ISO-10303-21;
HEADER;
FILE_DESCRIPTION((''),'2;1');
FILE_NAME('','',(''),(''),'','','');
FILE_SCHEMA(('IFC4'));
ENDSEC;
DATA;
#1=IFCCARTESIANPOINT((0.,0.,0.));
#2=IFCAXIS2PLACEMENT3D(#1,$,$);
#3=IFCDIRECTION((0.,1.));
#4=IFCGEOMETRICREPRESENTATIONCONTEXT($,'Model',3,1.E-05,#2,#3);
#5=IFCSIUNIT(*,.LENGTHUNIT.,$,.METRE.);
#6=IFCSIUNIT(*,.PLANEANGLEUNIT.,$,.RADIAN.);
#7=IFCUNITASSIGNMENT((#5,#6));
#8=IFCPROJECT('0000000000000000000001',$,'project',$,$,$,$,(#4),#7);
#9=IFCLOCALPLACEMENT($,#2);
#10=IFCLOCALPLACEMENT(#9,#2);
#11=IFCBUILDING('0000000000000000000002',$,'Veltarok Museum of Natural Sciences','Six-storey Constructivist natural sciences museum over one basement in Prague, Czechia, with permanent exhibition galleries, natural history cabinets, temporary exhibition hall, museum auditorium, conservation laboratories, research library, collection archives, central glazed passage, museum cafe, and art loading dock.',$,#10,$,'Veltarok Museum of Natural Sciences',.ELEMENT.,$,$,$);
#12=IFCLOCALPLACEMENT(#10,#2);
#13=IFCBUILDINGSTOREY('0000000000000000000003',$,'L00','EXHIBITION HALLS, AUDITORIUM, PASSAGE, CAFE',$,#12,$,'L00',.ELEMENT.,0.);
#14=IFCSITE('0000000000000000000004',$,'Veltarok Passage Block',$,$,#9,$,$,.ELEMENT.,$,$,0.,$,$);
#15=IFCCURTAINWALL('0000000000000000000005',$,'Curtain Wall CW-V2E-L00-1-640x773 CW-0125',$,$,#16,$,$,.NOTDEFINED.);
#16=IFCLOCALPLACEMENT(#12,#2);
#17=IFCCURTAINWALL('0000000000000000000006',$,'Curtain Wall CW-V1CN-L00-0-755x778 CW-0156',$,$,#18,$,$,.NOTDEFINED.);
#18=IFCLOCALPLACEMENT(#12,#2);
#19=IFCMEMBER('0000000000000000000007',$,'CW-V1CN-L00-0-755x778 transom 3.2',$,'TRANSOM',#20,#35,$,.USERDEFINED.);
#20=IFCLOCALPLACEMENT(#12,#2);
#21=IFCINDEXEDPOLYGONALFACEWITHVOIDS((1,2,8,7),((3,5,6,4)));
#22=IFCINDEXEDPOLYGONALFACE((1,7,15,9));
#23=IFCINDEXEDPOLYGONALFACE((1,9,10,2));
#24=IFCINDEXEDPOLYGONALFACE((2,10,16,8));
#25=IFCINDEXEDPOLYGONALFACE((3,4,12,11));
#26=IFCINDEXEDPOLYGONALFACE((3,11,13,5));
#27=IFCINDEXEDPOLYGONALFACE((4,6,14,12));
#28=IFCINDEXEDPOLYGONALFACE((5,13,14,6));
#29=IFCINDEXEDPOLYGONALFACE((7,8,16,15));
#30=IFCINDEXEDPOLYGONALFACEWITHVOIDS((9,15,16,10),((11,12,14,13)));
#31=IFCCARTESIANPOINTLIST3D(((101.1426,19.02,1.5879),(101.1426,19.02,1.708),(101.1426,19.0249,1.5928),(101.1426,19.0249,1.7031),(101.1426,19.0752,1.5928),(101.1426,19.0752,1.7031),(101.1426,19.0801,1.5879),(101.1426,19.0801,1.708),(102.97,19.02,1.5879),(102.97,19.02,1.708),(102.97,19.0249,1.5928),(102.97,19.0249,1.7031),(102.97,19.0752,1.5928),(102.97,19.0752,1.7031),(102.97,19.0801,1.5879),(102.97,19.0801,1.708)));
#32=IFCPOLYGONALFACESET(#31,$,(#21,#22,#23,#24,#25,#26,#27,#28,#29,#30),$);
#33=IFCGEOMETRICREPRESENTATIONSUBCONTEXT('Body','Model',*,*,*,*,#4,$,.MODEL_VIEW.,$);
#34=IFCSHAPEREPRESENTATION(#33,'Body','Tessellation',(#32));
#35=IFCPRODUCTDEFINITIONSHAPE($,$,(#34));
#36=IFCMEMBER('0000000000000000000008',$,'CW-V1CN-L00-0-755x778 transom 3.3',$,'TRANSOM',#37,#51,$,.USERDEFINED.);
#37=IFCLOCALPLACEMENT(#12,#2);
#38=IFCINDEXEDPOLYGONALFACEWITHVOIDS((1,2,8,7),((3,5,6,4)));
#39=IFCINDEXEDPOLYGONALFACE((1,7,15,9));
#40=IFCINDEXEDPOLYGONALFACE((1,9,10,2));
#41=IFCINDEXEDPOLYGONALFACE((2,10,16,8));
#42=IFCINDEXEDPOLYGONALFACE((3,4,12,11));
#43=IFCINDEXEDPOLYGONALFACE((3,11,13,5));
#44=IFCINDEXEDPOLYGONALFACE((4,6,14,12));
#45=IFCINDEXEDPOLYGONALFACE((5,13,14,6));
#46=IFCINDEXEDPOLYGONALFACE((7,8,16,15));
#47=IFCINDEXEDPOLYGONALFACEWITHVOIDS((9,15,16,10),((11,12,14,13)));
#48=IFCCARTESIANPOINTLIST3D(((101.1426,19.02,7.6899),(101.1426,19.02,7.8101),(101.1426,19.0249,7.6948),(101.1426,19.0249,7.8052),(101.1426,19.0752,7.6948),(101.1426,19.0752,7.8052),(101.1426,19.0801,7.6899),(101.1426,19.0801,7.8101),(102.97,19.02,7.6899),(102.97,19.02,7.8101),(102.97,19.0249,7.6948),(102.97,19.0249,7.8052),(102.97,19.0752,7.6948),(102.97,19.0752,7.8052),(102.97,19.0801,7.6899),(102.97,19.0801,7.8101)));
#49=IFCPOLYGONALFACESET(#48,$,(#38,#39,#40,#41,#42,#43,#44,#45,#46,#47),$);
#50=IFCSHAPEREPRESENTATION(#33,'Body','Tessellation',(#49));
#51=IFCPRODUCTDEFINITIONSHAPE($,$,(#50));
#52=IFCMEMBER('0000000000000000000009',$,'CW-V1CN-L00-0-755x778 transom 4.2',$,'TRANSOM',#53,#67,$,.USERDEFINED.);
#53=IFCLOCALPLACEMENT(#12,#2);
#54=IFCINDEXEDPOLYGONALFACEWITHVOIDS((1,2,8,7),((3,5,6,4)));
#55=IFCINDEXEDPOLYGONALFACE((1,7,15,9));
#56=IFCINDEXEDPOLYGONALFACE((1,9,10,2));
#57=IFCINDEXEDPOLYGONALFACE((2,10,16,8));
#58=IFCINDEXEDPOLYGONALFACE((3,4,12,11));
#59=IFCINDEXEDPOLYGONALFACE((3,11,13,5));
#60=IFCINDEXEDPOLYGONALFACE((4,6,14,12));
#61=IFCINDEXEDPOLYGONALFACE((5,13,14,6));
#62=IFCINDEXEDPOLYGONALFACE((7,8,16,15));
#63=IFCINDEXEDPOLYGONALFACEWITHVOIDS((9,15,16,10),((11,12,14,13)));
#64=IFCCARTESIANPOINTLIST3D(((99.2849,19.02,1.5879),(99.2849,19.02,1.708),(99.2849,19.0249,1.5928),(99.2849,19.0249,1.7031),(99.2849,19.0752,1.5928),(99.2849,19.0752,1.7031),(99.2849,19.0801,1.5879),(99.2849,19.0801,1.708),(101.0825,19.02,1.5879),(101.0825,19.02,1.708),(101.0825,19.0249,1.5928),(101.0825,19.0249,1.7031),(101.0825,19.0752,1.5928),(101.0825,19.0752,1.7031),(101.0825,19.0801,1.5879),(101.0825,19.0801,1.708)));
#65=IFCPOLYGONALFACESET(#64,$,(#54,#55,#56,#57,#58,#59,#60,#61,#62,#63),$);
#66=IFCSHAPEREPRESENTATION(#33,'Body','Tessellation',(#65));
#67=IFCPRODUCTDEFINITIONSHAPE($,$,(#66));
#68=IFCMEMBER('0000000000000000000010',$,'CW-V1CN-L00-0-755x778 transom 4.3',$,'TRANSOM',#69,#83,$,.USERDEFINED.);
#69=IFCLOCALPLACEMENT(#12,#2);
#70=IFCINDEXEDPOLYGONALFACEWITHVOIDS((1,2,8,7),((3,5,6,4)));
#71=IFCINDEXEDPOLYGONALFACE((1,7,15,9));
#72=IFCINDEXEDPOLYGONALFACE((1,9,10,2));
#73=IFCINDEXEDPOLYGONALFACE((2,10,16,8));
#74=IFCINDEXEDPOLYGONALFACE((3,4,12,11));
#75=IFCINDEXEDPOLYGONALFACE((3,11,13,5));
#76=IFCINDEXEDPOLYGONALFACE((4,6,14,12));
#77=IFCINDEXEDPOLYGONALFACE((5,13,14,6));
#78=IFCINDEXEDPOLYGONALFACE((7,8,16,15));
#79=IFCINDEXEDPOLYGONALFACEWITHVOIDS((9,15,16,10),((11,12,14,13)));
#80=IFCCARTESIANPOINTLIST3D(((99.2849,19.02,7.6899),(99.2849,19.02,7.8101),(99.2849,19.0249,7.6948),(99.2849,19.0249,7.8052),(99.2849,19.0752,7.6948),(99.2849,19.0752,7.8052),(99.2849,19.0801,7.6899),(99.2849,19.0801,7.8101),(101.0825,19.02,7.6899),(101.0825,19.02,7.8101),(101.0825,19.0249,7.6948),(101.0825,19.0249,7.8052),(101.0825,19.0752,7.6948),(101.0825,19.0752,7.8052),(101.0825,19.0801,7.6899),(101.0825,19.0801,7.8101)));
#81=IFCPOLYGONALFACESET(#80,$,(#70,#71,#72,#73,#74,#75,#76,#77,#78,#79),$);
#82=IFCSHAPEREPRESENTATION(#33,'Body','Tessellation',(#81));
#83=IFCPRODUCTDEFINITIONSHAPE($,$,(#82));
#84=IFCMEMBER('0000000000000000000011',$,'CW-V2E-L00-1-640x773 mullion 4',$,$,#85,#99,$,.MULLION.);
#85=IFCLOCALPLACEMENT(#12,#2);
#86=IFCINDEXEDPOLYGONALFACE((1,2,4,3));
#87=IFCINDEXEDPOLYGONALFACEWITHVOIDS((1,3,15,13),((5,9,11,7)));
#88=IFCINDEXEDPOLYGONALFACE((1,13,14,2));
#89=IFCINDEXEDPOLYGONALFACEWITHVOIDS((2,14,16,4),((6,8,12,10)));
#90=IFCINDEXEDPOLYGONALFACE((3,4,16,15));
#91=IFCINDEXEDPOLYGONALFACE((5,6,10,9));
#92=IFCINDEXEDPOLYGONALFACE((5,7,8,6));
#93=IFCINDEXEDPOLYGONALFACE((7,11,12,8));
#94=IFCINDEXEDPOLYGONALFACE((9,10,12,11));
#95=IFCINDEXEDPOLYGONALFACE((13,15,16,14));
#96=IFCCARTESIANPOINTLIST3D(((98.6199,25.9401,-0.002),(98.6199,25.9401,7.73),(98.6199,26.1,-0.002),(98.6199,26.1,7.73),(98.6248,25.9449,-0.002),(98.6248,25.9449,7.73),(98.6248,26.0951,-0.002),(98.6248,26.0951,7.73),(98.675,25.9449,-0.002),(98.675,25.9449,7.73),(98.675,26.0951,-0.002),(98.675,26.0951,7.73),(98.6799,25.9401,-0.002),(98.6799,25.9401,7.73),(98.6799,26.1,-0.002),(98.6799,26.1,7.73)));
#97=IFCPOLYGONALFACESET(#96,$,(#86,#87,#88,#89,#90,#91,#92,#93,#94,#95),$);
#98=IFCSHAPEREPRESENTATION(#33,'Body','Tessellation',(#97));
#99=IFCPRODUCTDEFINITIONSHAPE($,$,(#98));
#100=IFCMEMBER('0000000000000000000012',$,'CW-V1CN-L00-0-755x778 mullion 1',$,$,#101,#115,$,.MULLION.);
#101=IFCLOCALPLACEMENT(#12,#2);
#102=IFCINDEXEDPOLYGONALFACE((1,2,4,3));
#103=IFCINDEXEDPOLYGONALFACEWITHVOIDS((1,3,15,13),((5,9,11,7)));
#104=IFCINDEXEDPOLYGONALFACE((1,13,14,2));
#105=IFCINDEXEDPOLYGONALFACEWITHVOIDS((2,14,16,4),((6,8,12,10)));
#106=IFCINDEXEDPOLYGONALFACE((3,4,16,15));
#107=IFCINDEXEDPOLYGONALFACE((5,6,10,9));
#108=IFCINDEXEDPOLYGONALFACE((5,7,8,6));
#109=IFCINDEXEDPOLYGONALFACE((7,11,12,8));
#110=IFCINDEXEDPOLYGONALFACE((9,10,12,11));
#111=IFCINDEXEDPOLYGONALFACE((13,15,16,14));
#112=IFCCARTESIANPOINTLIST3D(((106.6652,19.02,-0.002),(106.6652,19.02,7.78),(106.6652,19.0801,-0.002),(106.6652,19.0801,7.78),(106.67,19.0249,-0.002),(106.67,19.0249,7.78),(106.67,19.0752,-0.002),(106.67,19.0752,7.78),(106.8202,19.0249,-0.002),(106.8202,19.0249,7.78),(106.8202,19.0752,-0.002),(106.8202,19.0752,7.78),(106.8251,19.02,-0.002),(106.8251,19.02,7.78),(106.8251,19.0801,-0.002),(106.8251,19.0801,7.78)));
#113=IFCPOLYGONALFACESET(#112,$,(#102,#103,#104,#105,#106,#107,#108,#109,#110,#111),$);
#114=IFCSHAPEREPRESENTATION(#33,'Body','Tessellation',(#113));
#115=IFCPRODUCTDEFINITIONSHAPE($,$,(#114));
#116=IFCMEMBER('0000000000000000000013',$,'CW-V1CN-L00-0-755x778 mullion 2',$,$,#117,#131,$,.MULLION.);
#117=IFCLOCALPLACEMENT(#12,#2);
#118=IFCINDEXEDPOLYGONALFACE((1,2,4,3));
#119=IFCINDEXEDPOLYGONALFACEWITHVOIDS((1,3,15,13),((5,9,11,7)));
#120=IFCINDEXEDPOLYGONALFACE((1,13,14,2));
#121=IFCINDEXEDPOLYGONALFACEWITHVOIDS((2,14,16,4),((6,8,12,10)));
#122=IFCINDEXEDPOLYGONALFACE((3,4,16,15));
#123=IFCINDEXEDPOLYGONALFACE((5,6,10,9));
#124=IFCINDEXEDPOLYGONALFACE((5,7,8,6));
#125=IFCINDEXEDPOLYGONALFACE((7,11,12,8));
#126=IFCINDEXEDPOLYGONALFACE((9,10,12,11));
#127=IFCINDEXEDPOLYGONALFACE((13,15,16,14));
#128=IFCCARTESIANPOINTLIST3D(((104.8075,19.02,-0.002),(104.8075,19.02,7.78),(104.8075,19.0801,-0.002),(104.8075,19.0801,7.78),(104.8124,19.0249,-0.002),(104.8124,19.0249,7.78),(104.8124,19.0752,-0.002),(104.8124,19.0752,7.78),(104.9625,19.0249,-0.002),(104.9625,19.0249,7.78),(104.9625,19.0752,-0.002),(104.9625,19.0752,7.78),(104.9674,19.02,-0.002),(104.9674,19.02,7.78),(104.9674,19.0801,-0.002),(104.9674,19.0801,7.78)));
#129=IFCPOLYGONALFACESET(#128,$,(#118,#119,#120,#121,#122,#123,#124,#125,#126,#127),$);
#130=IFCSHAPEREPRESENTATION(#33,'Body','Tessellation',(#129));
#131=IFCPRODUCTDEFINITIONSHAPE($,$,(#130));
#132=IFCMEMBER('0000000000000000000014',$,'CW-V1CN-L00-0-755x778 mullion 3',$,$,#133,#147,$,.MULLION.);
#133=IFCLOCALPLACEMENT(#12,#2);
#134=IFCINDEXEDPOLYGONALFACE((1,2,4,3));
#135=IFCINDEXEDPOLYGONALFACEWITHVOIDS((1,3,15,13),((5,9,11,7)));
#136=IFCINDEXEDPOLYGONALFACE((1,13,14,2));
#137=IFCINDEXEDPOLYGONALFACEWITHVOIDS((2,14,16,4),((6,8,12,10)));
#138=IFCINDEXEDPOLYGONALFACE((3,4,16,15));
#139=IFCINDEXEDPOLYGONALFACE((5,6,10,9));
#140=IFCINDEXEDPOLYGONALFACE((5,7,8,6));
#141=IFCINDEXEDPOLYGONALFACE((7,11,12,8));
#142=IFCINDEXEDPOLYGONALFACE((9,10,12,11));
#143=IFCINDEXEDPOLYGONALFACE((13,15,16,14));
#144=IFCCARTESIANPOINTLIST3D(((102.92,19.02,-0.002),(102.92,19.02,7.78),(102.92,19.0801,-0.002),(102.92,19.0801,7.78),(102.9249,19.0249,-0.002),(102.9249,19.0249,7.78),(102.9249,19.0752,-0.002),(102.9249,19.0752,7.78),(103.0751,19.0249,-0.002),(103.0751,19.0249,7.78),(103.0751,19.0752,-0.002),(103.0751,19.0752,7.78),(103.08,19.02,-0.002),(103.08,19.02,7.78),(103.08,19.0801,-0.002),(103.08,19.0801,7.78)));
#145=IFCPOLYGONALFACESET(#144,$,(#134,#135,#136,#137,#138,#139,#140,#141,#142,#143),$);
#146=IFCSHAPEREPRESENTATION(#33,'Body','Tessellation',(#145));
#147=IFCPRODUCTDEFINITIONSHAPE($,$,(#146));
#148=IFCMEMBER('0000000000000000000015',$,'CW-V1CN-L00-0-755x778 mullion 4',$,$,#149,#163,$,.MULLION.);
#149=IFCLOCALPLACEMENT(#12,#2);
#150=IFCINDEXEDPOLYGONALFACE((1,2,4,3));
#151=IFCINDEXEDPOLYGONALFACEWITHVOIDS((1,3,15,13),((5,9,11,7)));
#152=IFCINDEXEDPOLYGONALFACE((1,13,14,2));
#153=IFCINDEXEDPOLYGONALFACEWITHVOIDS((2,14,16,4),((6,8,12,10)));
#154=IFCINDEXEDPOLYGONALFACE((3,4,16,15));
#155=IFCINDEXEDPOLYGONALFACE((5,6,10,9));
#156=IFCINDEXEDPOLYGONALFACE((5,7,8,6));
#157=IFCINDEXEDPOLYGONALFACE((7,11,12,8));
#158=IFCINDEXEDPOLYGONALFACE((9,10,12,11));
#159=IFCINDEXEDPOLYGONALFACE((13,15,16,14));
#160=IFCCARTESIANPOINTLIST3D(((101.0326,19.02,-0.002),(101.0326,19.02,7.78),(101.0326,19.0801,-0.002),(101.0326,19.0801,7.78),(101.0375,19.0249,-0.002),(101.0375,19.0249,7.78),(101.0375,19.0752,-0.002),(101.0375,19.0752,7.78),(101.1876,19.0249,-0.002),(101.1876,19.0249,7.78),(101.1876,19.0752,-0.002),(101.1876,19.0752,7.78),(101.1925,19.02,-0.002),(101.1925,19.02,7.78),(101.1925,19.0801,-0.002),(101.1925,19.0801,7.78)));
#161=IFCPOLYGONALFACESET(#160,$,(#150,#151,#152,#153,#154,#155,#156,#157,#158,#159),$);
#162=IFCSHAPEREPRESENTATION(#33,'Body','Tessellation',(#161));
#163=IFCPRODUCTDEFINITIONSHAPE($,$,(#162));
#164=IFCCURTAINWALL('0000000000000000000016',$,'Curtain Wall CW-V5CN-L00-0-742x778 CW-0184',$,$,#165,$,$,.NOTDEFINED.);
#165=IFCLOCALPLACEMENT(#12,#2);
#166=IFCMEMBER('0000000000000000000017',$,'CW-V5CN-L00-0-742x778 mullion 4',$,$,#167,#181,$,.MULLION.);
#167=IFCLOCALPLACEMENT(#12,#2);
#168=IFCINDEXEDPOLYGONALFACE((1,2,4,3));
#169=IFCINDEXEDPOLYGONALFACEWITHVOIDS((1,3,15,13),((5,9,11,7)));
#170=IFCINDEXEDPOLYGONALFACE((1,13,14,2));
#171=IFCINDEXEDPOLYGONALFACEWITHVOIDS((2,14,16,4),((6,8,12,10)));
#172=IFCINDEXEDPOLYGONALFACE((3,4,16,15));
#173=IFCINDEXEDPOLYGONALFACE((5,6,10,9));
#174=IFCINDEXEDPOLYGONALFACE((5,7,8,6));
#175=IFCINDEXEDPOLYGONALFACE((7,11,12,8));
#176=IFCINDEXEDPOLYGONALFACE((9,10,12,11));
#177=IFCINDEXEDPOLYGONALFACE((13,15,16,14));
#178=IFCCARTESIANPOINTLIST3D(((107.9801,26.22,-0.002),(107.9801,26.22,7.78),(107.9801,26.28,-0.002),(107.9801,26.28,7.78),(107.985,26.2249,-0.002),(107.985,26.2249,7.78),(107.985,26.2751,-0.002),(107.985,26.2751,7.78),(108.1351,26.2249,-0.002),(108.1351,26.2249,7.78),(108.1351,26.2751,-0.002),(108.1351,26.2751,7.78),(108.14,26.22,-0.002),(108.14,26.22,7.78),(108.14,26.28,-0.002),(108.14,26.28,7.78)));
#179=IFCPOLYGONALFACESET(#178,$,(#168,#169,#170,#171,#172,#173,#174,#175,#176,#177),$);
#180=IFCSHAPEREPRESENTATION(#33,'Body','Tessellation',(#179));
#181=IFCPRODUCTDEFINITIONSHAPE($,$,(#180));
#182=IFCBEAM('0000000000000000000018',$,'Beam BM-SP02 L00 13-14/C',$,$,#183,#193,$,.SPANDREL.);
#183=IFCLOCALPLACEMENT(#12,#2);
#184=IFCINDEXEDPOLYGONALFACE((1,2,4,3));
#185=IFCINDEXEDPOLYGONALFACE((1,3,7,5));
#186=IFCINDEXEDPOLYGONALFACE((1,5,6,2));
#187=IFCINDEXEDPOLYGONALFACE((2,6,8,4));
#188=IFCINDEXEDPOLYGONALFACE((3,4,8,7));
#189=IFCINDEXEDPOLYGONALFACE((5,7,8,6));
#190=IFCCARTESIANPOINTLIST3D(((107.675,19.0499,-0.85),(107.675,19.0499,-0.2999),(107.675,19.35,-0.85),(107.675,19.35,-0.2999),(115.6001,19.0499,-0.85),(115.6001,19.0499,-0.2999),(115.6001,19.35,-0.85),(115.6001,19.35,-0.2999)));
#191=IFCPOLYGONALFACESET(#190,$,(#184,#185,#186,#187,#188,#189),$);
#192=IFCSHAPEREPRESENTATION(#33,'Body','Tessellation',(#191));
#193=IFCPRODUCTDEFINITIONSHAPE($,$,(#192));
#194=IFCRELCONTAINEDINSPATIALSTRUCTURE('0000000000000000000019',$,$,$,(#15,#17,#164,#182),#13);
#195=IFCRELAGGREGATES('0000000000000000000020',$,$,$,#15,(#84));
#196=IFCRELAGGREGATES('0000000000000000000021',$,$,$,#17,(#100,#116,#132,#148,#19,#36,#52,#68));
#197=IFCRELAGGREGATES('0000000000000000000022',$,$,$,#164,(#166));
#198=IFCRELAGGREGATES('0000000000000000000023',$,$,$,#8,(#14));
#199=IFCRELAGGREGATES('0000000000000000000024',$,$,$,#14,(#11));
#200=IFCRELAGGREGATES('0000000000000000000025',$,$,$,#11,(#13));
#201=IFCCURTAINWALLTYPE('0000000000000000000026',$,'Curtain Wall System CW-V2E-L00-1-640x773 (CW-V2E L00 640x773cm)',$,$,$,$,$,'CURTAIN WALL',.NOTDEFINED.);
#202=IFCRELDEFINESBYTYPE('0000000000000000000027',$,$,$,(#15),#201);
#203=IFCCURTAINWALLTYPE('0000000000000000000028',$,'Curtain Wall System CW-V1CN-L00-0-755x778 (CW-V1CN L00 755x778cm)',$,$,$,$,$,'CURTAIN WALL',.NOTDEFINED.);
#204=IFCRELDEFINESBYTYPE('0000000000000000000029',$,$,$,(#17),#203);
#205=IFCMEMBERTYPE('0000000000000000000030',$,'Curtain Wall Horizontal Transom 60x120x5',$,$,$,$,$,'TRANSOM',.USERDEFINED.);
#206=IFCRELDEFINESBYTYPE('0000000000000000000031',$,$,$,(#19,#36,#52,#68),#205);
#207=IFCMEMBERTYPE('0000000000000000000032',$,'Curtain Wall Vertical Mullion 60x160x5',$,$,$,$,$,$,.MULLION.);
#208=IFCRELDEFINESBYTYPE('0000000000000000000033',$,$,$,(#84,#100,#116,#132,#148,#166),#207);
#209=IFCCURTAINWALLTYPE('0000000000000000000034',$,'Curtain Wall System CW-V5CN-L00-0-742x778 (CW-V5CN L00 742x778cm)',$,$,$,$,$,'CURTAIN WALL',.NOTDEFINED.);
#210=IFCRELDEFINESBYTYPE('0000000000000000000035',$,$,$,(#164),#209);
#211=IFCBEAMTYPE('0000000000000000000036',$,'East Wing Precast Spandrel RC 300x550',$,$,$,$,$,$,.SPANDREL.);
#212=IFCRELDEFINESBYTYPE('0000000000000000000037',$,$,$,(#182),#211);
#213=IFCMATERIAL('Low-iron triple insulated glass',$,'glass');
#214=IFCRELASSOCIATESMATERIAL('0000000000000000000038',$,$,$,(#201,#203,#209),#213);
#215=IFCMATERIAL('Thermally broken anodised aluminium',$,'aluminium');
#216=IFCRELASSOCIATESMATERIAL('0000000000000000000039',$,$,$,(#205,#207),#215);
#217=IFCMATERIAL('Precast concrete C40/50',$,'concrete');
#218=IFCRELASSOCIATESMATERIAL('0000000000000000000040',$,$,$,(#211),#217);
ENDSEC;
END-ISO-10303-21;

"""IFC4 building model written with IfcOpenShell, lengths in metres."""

from ifc_helpers import new_model, si_unit, direction, frame, origin, origin_2d, place, context, subcontext, project, spatial, rectangle, hollow_rectangle, extrude, material, material_profile, profile_set, type_object, element, aggregate, save


model = new_model("IFC4")

# Units and contexts
model_context = context("Model", 3, precision=1e-05, world=origin(), true_north=direction((0.0, 1.0)))
body_context = subcontext(model_context, "Body", "Model", "MODEL_VIEW")
ifc_project = project(units=[si_unit("LENGTHUNIT", "METRE"), si_unit("PLANEANGLEUNIT", "RADIAN")], contexts=[model_context])

# Site, building, storey
site_placement = place(None, origin())
site = spatial("IfcSite", under=ifc_project, at=site_placement, Name="Veltarok Passage Block", CompositionType="ELEMENT", RefElevation=0.0)
building_placement = place(site_placement, origin())
building = spatial("IfcBuilding", under=site, at=building_placement, Name="Veltarok Museum of Natural Sciences", Description="Six-storey Constructivist natural sciences museum over one basement in Prague, Czechia, with permanent exhibition galleries, natural history cabinets, temporary exhibition hall, museum auditorium, conservation laboratories, research library, collection archives, central glazed passage, museum cafe, and art loading dock.", LongName="Veltarok Museum of Natural Sciences", CompositionType="ELEMENT")
storey_placement = place(building_placement, origin())
storey = spatial("IfcBuildingStorey", under=building, at=storey_placement, Name="L00", Description="EXHIBITION HALLS, AUDITORIUM, PASSAGE, CAFE", LongName="L00", CompositionType="ELEMENT", Elevation=0.0)

# Curtain walls, members
ifc_material_1 = material(Name="Low-iron triple insulated glass", Category="glass")
curtain_wall_type_1 = type_object("IfcCurtainWallType", Name="Curtain Wall System CW-V2E-L00-1-640x773 (CW-V2E L00 640x773cm)", ElementType="CURTAIN WALL", PredefinedType="NOTDEFINED", material=ifc_material_1)
curtain_wall_1_placement = place(storey_placement, origin())
curtain_wall_1 = element("IfcCurtainWall", 1, at=curtain_wall_1_placement, inside=storey, type_object=curtain_wall_type_1, Name="Curtain Wall CW-V2E-L00-1-640x773 CW-0125", PredefinedType="NOTDEFINED")
ifc_material_2 = material(Name="Thermally broken anodised aluminium", Category="aluminium")
ifc_material_profile_1 = material_profile(ifc_material_2, hollow_rectangle(XDim=0.0601, YDim=0.1201, WallThickness=0.0049, at=origin_2d()), Name="CW TRANSOM 60x120x5")
ifc_profile_set_1 = profile_set([ifc_material_profile_1], Name="Thermally broken anodised aluminium")
member_type_1 = type_object("IfcMemberType", Name="Curtain Wall Horizontal Transom 60x120x5", ElementType="TRANSOM", PredefinedType="USERDEFINED", material=ifc_profile_set_1)
curtain_wall_type_2 = type_object("IfcCurtainWallType", Name="Curtain Wall System CW-V1CN-L00-0-755x778 (CW-V1CN L00 755x778cm)", ElementType="CURTAIN WALL", PredefinedType="NOTDEFINED", material=ifc_material_1)
curtain_wall_2_placement = place(storey_placement, origin())
curtain_wall_2 = element("IfcCurtainWall", 2, at=curtain_wall_2_placement, inside=storey, type_object=curtain_wall_type_2, Name="Curtain Wall CW-V1CN-L00-0-755x778 CW-0156", PredefinedType="NOTDEFINED")
member_1_placement = place(storey_placement, frame((102.97, 19.05, 1.6479), z_axis=(-1.0, 0.0, 0.0), x_axis=(0.0, -1.0, 0.0)))
member_1 = element("IfcMember", 3, at=member_1_placement, type_object=member_type_1, Name="CW-V1CN-L00-0-755x778 transom 3.2", ObjectType="TRANSOM", PredefinedType="USERDEFINED", context=body_context, shape_type="SweptSolid", body=[
    extrude(hollow_rectangle(XDim=0.0601, YDim=0.1201, WallThickness=0.0049, at=origin_2d()), origin(), (0.0, 0.0, 1.0), 1.8274),
])
member_2_placement = place(storey_placement, frame((102.97, 19.05, 7.75), z_axis=(-1.0, 0.0, 0.0), x_axis=(0.0, -1.0, 0.0)))
member_2 = element("IfcMember", 4, at=member_2_placement, type_object=member_type_1, Name="CW-V1CN-L00-0-755x778 transom 3.3", ObjectType="TRANSOM", PredefinedType="USERDEFINED", context=body_context, shape_type="SweptSolid", body=[
    extrude(hollow_rectangle(XDim=0.0601, YDim=0.1201, WallThickness=0.0049, at=origin_2d()), origin(), (0.0, 0.0, 1.0), 1.8274),
])
member_3_placement = place(storey_placement, frame((101.0825, 19.05, 1.6479), z_axis=(-1.0, 0.0, 0.0), x_axis=(0.0, -1.0, 0.0)))
member_3 = element("IfcMember", 5, at=member_3_placement, type_object=member_type_1, Name="CW-V1CN-L00-0-755x778 transom 4.2", ObjectType="TRANSOM", PredefinedType="USERDEFINED", context=body_context, shape_type="SweptSolid", body=[
    extrude(hollow_rectangle(XDim=0.0601, YDim=0.1201, WallThickness=0.0049, at=origin_2d()), origin(), (0.0, 0.0, 1.0), 1.7976),
])
member_4_placement = place(storey_placement, frame((101.0825, 19.05, 7.75), z_axis=(-1.0, 0.0, 0.0), x_axis=(0.0, -1.0, 0.0)))
member_4 = element("IfcMember", 6, at=member_4_placement, type_object=member_type_1, Name="CW-V1CN-L00-0-755x778 transom 4.3", ObjectType="TRANSOM", PredefinedType="USERDEFINED", context=body_context, shape_type="SweptSolid", body=[
    extrude(hollow_rectangle(XDim=0.0601, YDim=0.1201, WallThickness=0.0049, at=origin_2d()), origin(), (0.0, 0.0, 1.0), 1.7976),
])

# Members
ifc_material_profile_2 = material_profile(ifc_material_2, hollow_rectangle(XDim=0.0601, YDim=0.1599, WallThickness=0.0049, at=origin_2d()), Name="CW MULLION 60x160x5")
ifc_profile_set_2 = profile_set([ifc_material_profile_2], Name="Thermally broken anodised aluminium")
member_type_2 = type_object("IfcMemberType", Name="Curtain Wall Vertical Mullion 60x160x5", PredefinedType="MULLION", material=ifc_profile_set_2)
member_5_placement = place(storey_placement, frame((98.6499, 26.02, -0.002), z_axis=(0.0, 0.0, 1.0), x_axis=(-1.0, 0.0, 0.0)))
member_5 = element("IfcMember", 7, at=member_5_placement, type_object=member_type_2, Name="CW-V2E-L00-1-640x773 mullion 4", PredefinedType="MULLION", context=body_context, shape_type="SweptSolid", body=[
    extrude(hollow_rectangle(XDim=0.0601, YDim=0.1599, WallThickness=0.0049, at=origin_2d()), origin(), (0.0, 0.0, 1.0), 7.7319),
])
member_6_placement = place(storey_placement, frame((106.7451, 19.05, -0.002), z_axis=(0.0, 0.0, 1.0), x_axis=(0.0, -1.0, 0.0)))
member_6 = element("IfcMember", 8, at=member_6_placement, type_object=member_type_2, Name="CW-V1CN-L00-0-755x778 mullion 1", PredefinedType="MULLION", context=body_context, shape_type="SweptSolid", body=[
    extrude(hollow_rectangle(XDim=0.0601, YDim=0.1599, WallThickness=0.0049, at=origin_2d()), origin(), (0.0, 0.0, 1.0), 7.782),
])
member_7_placement = place(storey_placement, frame((104.8875, 19.05, -0.002), z_axis=(0.0, 0.0, 1.0), x_axis=(0.0, -1.0, 0.0)))
member_7 = element("IfcMember", 9, at=member_7_placement, type_object=member_type_2, Name="CW-V1CN-L00-0-755x778 mullion 2", PredefinedType="MULLION", context=body_context, shape_type="SweptSolid", body=[
    extrude(hollow_rectangle(XDim=0.0601, YDim=0.1599, WallThickness=0.0049, at=origin_2d()), origin(), (0.0, 0.0, 1.0), 7.782),
])
member_8_placement = place(storey_placement, frame((103.0, 19.05, -0.002), z_axis=(0.0, 0.0, 1.0), x_axis=(0.0, -1.0, 0.0)))
member_8 = element("IfcMember", 10, at=member_8_placement, type_object=member_type_2, Name="CW-V1CN-L00-0-755x778 mullion 3", PredefinedType="MULLION", context=body_context, shape_type="SweptSolid", body=[
    extrude(hollow_rectangle(XDim=0.0601, YDim=0.1599, WallThickness=0.0049, at=origin_2d()), origin(), (0.0, 0.0, 1.0), 7.782),
])
member_9_placement = place(storey_placement, frame((101.1125, 19.05, -0.002), z_axis=(0.0, 0.0, 1.0), x_axis=(0.0, -1.0, 0.0)))
member_9 = element("IfcMember", 11, at=member_9_placement, type_object=member_type_2, Name="CW-V1CN-L00-0-755x778 mullion 4", PredefinedType="MULLION", context=body_context, shape_type="SweptSolid", body=[
    extrude(hollow_rectangle(XDim=0.0601, YDim=0.1599, WallThickness=0.0049, at=origin_2d()), origin(), (0.0, 0.0, 1.0), 7.782),
])

# Curtain wall, member
curtain_wall_type_3 = type_object("IfcCurtainWallType", Name="Curtain Wall System CW-V5CN-L00-0-742x778 (CW-V5CN L00 742x778cm)", ElementType="CURTAIN WALL", PredefinedType="NOTDEFINED", material=ifc_material_1)
curtain_wall_3_placement = place(storey_placement, origin())
curtain_wall_3 = element("IfcCurtainWall", 12, at=curtain_wall_3_placement, inside=storey, type_object=curtain_wall_type_3, Name="Curtain Wall CW-V5CN-L00-0-742x778 CW-0184", PredefinedType="NOTDEFINED")
member_10_placement = place(storey_placement, frame((108.0601, 26.25, -0.002), z_axis=(0.0, 0.0, 1.0), x_axis=(0.0, -1.0, 0.0)))
member_10 = element("IfcMember", 13, at=member_10_placement, type_object=member_type_2, Name="CW-V5CN-L00-0-742x778 mullion 4", PredefinedType="MULLION", context=body_context, shape_type="SweptSolid", body=[
    extrude(hollow_rectangle(XDim=0.0601, YDim=0.1599, WallThickness=0.0049, at=origin_2d()), origin(), (0.0, 0.0, 1.0), 7.782),
])

# Beam
ifc_material_3 = material(Name="Precast concrete C40/50", Category="concrete")
ifc_material_profile_3 = material_profile(ifc_material_3, rectangle(XDim=0.3, YDim=0.55, at=origin_2d()), Name="RC 300x550")
ifc_profile_set_3 = profile_set([ifc_material_profile_3], Name="Precast concrete C40/50")
beam_type_1 = type_object("IfcBeamType", Name="East Wing Precast Spandrel RC 300x550", PredefinedType="SPANDREL", material=ifc_profile_set_3)
beam_1_placement = place(storey_placement, frame((107.675, 19.2, -0.575), z_axis=(1.0, 0.0, 0.0), x_axis=(0.0, 1.0, 0.0)))
element("IfcBeam", 14, at=beam_1_placement, inside=storey, type_object=beam_type_1, Name="Beam BM-SP02 L00 13-14/C", PredefinedType="SPANDREL", context=body_context, shape_type="SweptSolid", body=[
    extrude(rectangle(XDim=0.3, YDim=0.55, at=origin_2d()), origin(), (0.0, 0.0, 1.0), 7.925),
])

aggregate(curtain_wall_1, [member_5])
aggregate(curtain_wall_2, [member_6, member_7, member_8, member_9, member_1, member_2, member_3, member_4])
aggregate(curtain_wall_3, [member_10])

save(model, "model.ifc")
